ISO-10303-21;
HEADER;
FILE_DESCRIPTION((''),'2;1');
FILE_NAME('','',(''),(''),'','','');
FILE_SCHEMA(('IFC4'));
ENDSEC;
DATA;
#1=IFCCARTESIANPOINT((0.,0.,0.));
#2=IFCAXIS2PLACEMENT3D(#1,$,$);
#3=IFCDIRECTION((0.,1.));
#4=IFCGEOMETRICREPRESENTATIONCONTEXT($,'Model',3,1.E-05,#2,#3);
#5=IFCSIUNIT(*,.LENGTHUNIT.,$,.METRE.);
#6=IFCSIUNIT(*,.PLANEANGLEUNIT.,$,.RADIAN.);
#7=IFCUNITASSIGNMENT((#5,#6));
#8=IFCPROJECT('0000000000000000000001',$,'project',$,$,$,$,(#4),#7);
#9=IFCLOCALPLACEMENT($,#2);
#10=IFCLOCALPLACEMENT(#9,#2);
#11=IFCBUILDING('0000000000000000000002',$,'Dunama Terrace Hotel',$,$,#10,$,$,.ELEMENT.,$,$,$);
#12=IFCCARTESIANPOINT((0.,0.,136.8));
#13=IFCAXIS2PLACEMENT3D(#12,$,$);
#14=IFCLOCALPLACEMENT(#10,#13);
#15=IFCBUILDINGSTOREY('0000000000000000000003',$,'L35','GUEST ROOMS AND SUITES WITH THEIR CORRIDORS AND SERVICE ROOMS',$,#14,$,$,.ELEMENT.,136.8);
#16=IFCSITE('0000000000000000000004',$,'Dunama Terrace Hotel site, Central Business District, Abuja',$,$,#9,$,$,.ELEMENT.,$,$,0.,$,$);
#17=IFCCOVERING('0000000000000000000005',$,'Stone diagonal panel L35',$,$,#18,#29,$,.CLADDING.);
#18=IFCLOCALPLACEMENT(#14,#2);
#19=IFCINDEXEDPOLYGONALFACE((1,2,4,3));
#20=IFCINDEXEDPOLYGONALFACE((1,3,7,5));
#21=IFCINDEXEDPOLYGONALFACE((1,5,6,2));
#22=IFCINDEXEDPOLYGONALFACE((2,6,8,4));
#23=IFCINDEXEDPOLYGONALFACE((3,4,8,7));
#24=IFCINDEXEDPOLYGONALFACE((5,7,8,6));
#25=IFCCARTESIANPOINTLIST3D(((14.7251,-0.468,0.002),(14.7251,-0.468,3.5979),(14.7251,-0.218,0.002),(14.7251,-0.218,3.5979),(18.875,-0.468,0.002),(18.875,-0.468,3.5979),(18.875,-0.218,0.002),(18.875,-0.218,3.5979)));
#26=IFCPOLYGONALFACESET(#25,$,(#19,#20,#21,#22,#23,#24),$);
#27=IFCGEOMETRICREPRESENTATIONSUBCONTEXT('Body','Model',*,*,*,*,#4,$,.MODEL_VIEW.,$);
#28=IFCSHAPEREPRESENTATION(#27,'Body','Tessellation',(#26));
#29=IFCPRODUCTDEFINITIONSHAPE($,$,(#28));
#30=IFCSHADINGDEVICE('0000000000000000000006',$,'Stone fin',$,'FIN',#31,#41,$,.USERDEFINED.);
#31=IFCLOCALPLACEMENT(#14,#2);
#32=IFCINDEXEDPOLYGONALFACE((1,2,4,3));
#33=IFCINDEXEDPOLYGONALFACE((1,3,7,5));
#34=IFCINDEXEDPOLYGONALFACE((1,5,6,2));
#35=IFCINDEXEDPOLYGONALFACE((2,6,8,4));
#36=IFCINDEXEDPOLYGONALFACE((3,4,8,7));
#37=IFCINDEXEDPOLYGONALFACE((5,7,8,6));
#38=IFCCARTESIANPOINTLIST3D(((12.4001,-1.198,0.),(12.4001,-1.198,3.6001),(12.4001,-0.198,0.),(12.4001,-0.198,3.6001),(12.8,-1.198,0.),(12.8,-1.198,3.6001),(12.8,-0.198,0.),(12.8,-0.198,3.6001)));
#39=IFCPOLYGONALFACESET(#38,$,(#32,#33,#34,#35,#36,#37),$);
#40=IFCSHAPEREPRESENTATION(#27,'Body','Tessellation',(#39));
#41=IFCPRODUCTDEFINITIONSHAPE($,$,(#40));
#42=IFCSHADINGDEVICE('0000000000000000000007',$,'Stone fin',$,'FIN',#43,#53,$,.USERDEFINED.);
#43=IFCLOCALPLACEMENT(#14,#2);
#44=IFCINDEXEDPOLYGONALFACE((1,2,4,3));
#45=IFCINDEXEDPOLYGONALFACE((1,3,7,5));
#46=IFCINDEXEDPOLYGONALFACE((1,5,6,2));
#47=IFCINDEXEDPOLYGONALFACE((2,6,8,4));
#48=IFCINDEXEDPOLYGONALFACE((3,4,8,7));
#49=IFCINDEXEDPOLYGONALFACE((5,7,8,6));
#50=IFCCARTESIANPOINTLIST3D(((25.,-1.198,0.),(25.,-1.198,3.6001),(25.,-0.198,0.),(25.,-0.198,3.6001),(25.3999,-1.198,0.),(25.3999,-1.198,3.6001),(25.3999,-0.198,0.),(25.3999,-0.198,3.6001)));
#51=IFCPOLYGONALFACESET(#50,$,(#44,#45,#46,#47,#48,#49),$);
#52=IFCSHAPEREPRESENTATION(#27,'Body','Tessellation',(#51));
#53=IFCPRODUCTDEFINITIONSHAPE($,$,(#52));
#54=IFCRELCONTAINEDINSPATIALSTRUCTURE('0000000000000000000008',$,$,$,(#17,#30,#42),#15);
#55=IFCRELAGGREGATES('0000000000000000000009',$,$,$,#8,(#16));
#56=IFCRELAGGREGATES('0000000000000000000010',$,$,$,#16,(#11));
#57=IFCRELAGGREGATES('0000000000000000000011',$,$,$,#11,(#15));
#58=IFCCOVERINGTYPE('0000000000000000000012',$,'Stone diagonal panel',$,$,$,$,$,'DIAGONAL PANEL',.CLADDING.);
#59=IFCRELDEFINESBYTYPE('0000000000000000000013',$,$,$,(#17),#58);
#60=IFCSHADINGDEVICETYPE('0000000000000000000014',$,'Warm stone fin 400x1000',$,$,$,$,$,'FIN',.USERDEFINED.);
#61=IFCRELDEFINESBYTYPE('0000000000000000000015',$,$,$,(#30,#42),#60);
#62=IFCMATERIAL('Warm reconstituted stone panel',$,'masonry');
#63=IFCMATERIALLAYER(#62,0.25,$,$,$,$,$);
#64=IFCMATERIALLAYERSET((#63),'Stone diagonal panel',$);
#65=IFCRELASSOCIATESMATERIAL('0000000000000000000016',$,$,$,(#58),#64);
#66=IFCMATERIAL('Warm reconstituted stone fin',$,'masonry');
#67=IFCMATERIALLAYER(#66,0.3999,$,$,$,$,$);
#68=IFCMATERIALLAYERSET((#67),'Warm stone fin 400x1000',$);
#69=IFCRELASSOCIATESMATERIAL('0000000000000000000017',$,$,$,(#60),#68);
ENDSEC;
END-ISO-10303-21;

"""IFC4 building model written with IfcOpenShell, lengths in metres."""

from ifc_helpers import new_model, si_unit, direction, frame, origin, origin_2d, place, context, subcontext, project, spatial, rectangle, extrude, material, layer, layer_set, type_object, element, save


model = new_model("IFC4")

# Units and contexts
model_context = context("Model", 3, precision=1e-05, world=origin(), true_north=direction((0.0, 1.0)))
body_context = subcontext(model_context, "Body", "Model", "MODEL_VIEW")
ifc_project = project(units=[si_unit("LENGTHUNIT", "METRE"), si_unit("PLANEANGLEUNIT", "RADIAN")], contexts=[model_context])

# Site, building, storey
site_placement = place(None, origin())
site = spatial("IfcSite", under=ifc_project, at=site_placement, Name="Dunama Terrace Hotel site, Central Business District, Abuja", CompositionType="ELEMENT", RefElevation=0.0)
building_placement = place(site_placement, origin())
building = spatial("IfcBuilding", under=site, at=building_placement, Name="Dunama Terrace Hotel", CompositionType="ELEMENT")
storey_placement = place(building_placement, frame((0.0, 0.0, 136.8)))
storey = spatial("IfcBuildingStorey", under=building, at=storey_placement, Name="L35", Description="GUEST ROOMS AND SUITES WITH THEIR CORRIDORS AND SERVICE ROOMS", CompositionType="ELEMENT", Elevation=136.8)

# Covering
ifc_material_1 = material(Name="Warm reconstituted stone panel", Category="masonry")
ifc_layer_1 = layer(ifc_material_1, 0.25)
ifc_layer_set_1 = layer_set([ifc_layer_1], Name="Stone diagonal panel")
covering_type = type_object("IfcCoveringType", Name="Stone diagonal panel", ElementType="DIAGONAL PANEL", PredefinedType="CLADDING", material=ifc_layer_set_1)
covering_placement = place(storey_placement, frame((16.8, -0.343, 0.002), z_axis=(0.0, 0.0, 1.0), x_axis=(1.0, 0.0, 0.0)))
element("IfcCovering", 1, at=covering_placement, inside=storey, type_object=covering_type, Name="Stone diagonal panel L35", PredefinedType="CLADDING", context=body_context, shape_type="SweptSolid", body=[
    extrude(rectangle(XDim=4.1499, YDim=0.25, at=origin_2d()), origin(), (0.0, 0.0, 1.0), 3.5959),
])

# Shading devices
ifc_material_2 = material(Name="Warm reconstituted stone fin", Category="masonry")
ifc_layer_2 = layer(ifc_material_2, 0.3999)
ifc_layer_set_2 = layer_set([ifc_layer_2], Name="Warm stone fin 400x1000")
shading_device_type = type_object("IfcShadingDeviceType", Name="Warm stone fin 400x1000", ElementType="FIN", PredefinedType="USERDEFINED", material=ifc_layer_set_2)
for number, where, z_axis, x_axis, name in (
    (2, (12.6001, -0.698, 0.0), (0.0, 0.0, 1.0), (1.0, 0.0, 0.0), "Stone fin"),
    (3, (25.2, -0.698, 0.0), (0.0, 0.0, 1.0), (1.0, 0.0, 0.0), "Stone fin"),
):
    element("IfcShadingDevice", number, at=place(storey_placement, frame(where, z_axis=z_axis, x_axis=x_axis)), inside=storey, type_object=shading_device_type, Name=name, ObjectType="FIN", PredefinedType="USERDEFINED", context=body_context, shape_type="SweptSolid", body=[
        extrude(rectangle(XDim=0.3999, YDim=1.0, at=origin_2d()), origin(), (0.0, 0.0, 1.0), 3.6001),
    ])

save(model, "model.ifc")
